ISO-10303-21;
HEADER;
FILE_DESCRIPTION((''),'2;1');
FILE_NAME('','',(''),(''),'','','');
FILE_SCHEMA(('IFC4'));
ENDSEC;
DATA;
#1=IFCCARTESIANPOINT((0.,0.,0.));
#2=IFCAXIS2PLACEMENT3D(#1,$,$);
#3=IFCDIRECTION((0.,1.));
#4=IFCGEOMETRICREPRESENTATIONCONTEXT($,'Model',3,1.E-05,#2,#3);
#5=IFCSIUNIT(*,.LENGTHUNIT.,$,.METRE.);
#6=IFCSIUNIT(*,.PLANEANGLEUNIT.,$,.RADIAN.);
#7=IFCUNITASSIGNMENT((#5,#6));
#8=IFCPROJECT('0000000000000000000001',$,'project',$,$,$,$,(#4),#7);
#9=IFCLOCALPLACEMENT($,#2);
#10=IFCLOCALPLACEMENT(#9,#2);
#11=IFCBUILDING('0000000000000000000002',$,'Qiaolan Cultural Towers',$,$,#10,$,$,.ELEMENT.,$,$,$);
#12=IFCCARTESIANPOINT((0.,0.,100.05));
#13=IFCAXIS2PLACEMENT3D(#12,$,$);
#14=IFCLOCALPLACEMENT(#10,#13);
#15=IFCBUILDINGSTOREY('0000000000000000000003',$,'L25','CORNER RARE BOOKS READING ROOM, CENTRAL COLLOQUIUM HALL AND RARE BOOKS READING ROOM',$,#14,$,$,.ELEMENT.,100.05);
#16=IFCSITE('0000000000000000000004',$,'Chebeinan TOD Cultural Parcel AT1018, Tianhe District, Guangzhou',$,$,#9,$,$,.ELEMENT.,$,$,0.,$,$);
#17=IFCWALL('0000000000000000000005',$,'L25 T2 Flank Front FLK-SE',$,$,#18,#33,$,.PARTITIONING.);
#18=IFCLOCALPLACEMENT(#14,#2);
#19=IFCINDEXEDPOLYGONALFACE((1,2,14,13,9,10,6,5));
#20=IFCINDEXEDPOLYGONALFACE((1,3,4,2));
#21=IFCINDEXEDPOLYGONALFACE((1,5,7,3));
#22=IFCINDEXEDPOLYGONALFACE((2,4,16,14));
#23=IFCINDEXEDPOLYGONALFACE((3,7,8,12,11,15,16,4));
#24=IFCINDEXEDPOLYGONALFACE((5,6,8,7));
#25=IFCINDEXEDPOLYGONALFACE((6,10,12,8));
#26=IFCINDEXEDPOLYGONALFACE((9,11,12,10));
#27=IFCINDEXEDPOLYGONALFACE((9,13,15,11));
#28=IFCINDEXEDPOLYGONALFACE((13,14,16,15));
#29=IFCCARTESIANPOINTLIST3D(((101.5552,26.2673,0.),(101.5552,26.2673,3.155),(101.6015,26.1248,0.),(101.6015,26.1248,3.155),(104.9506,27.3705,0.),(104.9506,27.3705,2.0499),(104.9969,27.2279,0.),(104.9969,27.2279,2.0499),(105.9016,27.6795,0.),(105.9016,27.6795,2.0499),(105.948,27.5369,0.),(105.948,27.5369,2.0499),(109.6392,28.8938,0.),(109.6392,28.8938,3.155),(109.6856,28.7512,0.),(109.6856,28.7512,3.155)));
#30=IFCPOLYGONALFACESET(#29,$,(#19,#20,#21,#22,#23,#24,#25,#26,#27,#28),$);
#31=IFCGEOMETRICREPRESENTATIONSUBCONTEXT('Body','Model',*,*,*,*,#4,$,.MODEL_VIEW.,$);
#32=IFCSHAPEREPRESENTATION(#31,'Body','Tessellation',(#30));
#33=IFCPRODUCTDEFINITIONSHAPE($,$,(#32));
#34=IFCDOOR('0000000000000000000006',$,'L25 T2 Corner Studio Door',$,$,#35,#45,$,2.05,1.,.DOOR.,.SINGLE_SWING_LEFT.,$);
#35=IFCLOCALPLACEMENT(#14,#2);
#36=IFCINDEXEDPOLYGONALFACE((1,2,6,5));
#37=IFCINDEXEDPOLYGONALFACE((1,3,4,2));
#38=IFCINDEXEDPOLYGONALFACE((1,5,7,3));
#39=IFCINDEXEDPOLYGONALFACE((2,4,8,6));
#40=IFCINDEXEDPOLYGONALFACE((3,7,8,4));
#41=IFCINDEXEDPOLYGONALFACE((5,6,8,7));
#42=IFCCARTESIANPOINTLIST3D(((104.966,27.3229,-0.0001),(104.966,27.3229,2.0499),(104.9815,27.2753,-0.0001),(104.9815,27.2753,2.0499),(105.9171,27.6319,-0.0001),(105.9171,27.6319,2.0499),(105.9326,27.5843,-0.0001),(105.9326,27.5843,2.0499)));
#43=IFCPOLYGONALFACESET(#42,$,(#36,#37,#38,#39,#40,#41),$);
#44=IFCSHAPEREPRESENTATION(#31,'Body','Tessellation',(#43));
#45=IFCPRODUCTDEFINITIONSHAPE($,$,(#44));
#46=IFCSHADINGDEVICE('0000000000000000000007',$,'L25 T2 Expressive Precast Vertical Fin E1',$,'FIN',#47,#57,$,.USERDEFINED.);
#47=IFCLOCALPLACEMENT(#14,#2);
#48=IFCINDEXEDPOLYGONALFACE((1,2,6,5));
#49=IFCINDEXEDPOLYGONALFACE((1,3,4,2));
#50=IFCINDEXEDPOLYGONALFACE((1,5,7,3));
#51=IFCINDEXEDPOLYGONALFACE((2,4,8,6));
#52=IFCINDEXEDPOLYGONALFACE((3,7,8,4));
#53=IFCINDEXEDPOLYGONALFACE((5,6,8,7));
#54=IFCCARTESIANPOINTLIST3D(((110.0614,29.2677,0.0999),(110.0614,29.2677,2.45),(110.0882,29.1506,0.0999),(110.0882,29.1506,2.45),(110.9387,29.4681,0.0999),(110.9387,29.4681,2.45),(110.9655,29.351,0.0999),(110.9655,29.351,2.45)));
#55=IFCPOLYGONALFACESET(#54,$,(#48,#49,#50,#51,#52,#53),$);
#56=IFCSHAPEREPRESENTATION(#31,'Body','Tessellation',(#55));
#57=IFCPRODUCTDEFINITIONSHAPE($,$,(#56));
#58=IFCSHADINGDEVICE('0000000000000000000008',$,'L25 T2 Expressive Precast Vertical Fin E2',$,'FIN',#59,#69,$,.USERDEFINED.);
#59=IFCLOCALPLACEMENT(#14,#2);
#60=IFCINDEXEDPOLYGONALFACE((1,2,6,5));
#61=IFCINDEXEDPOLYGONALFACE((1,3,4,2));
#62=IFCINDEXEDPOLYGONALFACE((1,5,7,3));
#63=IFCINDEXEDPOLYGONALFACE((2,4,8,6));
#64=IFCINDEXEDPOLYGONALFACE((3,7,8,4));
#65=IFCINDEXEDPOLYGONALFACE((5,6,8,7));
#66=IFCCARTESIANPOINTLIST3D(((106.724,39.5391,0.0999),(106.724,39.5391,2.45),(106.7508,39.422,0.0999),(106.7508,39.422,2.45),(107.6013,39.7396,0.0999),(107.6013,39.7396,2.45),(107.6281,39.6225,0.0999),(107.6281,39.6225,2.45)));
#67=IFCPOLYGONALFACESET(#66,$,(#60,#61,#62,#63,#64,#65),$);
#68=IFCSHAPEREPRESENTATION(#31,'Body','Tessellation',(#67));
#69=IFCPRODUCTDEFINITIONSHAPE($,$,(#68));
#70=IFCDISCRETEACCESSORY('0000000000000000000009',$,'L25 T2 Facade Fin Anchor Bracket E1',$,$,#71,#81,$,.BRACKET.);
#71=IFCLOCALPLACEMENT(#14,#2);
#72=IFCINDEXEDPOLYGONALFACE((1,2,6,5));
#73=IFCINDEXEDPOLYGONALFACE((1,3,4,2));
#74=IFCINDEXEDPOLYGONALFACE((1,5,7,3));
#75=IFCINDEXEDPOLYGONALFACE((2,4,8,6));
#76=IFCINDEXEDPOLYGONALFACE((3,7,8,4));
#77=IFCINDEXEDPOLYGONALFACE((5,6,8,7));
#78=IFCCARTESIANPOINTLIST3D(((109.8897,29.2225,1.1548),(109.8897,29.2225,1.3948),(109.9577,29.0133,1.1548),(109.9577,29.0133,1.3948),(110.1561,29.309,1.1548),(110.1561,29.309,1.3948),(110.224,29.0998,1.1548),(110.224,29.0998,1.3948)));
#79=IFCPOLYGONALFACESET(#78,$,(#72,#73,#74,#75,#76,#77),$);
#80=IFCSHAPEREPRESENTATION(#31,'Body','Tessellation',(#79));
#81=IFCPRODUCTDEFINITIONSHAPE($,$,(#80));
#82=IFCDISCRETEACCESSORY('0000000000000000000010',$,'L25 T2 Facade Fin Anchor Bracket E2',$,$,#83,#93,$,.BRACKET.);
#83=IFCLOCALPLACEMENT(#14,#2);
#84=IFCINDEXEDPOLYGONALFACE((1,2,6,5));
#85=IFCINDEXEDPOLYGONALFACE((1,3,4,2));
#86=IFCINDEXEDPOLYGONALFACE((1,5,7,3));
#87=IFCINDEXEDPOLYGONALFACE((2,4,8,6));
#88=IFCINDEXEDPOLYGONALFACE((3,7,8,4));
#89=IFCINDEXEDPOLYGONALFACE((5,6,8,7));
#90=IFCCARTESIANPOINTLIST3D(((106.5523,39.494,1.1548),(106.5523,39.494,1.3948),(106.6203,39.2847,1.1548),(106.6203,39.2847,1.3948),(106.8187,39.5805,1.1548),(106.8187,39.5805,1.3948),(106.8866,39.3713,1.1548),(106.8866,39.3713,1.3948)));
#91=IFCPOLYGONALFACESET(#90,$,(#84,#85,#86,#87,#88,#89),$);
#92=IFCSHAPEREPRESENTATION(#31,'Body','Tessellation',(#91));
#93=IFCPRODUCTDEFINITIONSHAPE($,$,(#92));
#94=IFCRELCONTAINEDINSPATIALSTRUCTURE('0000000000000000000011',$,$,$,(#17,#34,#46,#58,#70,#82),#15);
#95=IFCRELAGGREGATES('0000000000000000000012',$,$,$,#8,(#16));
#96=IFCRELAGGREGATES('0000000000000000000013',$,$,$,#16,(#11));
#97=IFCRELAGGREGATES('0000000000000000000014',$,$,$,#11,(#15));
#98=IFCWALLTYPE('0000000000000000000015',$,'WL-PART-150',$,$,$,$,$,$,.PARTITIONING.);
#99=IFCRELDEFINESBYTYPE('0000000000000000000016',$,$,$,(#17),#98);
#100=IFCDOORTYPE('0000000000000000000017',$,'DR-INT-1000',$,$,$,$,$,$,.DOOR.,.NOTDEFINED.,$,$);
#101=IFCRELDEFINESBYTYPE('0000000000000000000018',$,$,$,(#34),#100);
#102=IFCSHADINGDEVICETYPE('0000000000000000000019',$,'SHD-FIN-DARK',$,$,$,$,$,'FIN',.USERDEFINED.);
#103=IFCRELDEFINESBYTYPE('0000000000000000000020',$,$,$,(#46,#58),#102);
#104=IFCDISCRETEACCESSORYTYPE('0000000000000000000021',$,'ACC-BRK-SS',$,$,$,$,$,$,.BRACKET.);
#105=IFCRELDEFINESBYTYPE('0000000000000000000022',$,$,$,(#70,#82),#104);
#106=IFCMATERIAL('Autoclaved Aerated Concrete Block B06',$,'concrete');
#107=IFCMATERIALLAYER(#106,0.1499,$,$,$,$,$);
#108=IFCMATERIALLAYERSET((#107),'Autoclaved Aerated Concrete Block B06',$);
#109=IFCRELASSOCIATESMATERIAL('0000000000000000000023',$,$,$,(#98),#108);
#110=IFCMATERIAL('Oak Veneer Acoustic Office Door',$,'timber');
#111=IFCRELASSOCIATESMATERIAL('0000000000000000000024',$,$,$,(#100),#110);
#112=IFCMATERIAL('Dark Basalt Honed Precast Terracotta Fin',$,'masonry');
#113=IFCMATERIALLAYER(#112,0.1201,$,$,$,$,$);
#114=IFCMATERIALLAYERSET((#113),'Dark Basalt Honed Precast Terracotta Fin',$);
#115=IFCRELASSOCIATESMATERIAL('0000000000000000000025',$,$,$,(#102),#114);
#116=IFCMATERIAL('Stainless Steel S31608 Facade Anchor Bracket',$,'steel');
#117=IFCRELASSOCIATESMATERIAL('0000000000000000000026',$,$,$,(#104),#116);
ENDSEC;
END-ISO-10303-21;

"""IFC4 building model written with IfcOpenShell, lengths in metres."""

from ifc_helpers import new_model, si_unit, direction, frame, frame_2d, origin, origin_2d, place, context, subcontext, project, spatial, rectangle, extrude, material, layer, layer_set, type_object, element, fill, save


model = new_model("IFC4")

# Units and contexts
model_context = context("Model", 3, precision=1e-05, world=origin(), true_north=direction((0.0, 1.0)))
body_context = subcontext(model_context, "Body", "Model", "MODEL_VIEW")
ifc_project = project(units=[si_unit("LENGTHUNIT", "METRE"), si_unit("PLANEANGLEUNIT", "RADIAN")], contexts=[model_context])

# Site, building, storey
site_placement = place(None, origin())
site = spatial("IfcSite", under=ifc_project, at=site_placement, Name="Chebeinan TOD Cultural Parcel AT1018, Tianhe District, Guangzhou", CompositionType="ELEMENT", RefElevation=0.0)
building_placement = place(site_placement, origin())
building = spatial("IfcBuilding", under=site, at=building_placement, Name="Qiaolan Cultural Towers", CompositionType="ELEMENT")
storey_placement = place(building_placement, frame((0.0, 0.0, 100.05)))
storey = spatial("IfcBuildingStorey", under=building, at=storey_placement, Name="L25", Description="CORNER RARE BOOKS READING ROOM, CENTRAL COLLOQUIUM HALL AND RARE BOOKS READING ROOM", CompositionType="ELEMENT", Elevation=100.05)

# Shared definitions
ifc_material_1 = material(Name="Autoclaved Aerated Concrete Block B06", Category="concrete")
ifc_layer_1 = layer(ifc_material_1, 0.1499)
ifc_layer_set_1 = layer_set([ifc_layer_1], Name="Autoclaved Aerated Concrete Block B06")
wall_type_1 = type_object("IfcWallType", Name="WL-PART-150", PredefinedType="PARTITIONING", material=ifc_layer_set_1)

# Wall, opening, door
wall_1_placement = place(storey_placement, frame((101.5784, 26.196, 0.0), z_axis=(0.0, 0.0, 1.0), x_axis=(0.951063, 0.308998, 0.0)))
wall_1 = element("IfcWall", 1, at=wall_1_placement, inside=storey, type_object=wall_type_1, Name="L25 T2 Flank Front FLK-SE", PredefinedType="PARTITIONING", context=body_context, shape_type="SweptSolid", body=[
    extrude(rectangle(XDim=8.5, YDim=0.1499, at=frame_2d((4.25, 0.0))), origin(), (0.0, 0.0, 1.0), 3.155),
])
opening_1_placement = place(wall_1_placement, frame((3.5701, 0.0, 0.0)))
opening_1 = element("IfcOpeningElement", 2, at=opening_1_placement, cuts=wall_1, PredefinedType="OPENING", context=body_context, shape_type="SweptSolid", body=[
    extrude(rectangle(XDim=1.0, YDim=2.05, at=frame_2d((0.5, 1.0249))), frame((0.0, 0.085, 0.0), z_axis=(0.0, -1.0, 0.0), x_axis=(1.0, 0.0, 0.0)), (0.0, 0.0, 1.0), 0.1699),
])
ifc_material_2 = material(Name="Oak Veneer Acoustic Office Door", Category="timber")
door_type_1 = type_object("IfcDoorType", Name="DR-INT-1000", OperationType="NOTDEFINED", PredefinedType="DOOR", material=ifc_material_2)
door_1_placement = place(opening_1_placement, origin())
door_1 = element("IfcDoor", 3, at=door_1_placement, inside=storey, type_object=door_type_1, Name="L25 T2 Corner Studio Door", OperationType="SINGLE_SWING_LEFT", OverallHeight=2.05, OverallWidth=1.0, PredefinedType="DOOR", context=body_context, shape_type="SweptSolid", body=[
    extrude(rectangle(XDim=1.0, YDim=2.05, at=frame_2d((0.5, 1.0249))), frame((0.0, 0.0249, 0.0), z_axis=(0.0, -1.0, 0.0), x_axis=(1.0, 0.0, 0.0)), (0.0, 0.0, 1.0), 0.05),
])
fill(opening_1, door_1)

# Shading devices
ifc_material_3 = material(Name="Dark Basalt Honed Precast Terracotta Fin", Category="masonry")
ifc_layer_2 = layer(ifc_material_3, 0.1201)
ifc_layer_set_2 = layer_set([ifc_layer_2], Name="Dark Basalt Honed Precast Terracotta Fin")
shading_device_type = type_object("IfcShadingDeviceType", Name="SHD-FIN-DARK", ElementType="FIN", PredefinedType="USERDEFINED", material=ifc_layer_set_2)
for number, where, z_axis, x_axis, name in (
    (4, (110.5134, 29.3093, 0.0999), (0.0, 0.0, 1.0), (0.974879, 0.222735, 0.0), "L25 T2 Expressive Precast Vertical Fin E1"),
    (5, (107.176, 39.5808, 0.0999), (0.0, 0.0, 1.0), (0.974879, 0.222735, 0.0), "L25 T2 Expressive Precast Vertical Fin E2"),
):
    element("IfcShadingDevice", number, at=place(storey_placement, frame(where, z_axis=z_axis, x_axis=x_axis)), inside=storey, type_object=shading_device_type, Name=name, ObjectType="FIN", PredefinedType="USERDEFINED", context=body_context, shape_type="SweptSolid", body=[
        extrude(rectangle(XDim=0.8999, YDim=0.1201, at=origin_2d()), origin(), (0.0, 0.0, 1.0), 2.3501),
    ])

# Discrete accessories
ifc_material_4 = material(Name="Stainless Steel S31608 Facade Anchor Bracket", Category="steel")
discrete_accessory_type = type_object("IfcDiscreteAccessoryType", Name="ACC-BRK-SS", PredefinedType="BRACKET", material=ifc_material_4)
for number, where, z_axis, x_axis, name in (
    (6, (110.0569, 29.1611, 1.1548), (0.0, 0.0, 1.0), (0.951057, 0.309017, 0.0), "L25 T2 Facade Fin Anchor Bracket E1"),
    (7, (106.7195, 39.4326, 1.1548), (0.0, 0.0, 1.0), (0.951057, 0.309017, 0.0), "L25 T2 Facade Fin Anchor Bracket E2"),
):
    element("IfcDiscreteAccessory", number, at=place(storey_placement, frame(where, z_axis=z_axis, x_axis=x_axis)), inside=storey, type_object=discrete_accessory_type, Name=name, PredefinedType="BRACKET", context=body_context, shape_type="SweptSolid", body=[
        extrude(rectangle(XDim=0.28, YDim=0.22, at=origin_2d()), origin(), (0.0, 0.0, 1.0), 0.24),
    ])

save(model, "model.ifc")
